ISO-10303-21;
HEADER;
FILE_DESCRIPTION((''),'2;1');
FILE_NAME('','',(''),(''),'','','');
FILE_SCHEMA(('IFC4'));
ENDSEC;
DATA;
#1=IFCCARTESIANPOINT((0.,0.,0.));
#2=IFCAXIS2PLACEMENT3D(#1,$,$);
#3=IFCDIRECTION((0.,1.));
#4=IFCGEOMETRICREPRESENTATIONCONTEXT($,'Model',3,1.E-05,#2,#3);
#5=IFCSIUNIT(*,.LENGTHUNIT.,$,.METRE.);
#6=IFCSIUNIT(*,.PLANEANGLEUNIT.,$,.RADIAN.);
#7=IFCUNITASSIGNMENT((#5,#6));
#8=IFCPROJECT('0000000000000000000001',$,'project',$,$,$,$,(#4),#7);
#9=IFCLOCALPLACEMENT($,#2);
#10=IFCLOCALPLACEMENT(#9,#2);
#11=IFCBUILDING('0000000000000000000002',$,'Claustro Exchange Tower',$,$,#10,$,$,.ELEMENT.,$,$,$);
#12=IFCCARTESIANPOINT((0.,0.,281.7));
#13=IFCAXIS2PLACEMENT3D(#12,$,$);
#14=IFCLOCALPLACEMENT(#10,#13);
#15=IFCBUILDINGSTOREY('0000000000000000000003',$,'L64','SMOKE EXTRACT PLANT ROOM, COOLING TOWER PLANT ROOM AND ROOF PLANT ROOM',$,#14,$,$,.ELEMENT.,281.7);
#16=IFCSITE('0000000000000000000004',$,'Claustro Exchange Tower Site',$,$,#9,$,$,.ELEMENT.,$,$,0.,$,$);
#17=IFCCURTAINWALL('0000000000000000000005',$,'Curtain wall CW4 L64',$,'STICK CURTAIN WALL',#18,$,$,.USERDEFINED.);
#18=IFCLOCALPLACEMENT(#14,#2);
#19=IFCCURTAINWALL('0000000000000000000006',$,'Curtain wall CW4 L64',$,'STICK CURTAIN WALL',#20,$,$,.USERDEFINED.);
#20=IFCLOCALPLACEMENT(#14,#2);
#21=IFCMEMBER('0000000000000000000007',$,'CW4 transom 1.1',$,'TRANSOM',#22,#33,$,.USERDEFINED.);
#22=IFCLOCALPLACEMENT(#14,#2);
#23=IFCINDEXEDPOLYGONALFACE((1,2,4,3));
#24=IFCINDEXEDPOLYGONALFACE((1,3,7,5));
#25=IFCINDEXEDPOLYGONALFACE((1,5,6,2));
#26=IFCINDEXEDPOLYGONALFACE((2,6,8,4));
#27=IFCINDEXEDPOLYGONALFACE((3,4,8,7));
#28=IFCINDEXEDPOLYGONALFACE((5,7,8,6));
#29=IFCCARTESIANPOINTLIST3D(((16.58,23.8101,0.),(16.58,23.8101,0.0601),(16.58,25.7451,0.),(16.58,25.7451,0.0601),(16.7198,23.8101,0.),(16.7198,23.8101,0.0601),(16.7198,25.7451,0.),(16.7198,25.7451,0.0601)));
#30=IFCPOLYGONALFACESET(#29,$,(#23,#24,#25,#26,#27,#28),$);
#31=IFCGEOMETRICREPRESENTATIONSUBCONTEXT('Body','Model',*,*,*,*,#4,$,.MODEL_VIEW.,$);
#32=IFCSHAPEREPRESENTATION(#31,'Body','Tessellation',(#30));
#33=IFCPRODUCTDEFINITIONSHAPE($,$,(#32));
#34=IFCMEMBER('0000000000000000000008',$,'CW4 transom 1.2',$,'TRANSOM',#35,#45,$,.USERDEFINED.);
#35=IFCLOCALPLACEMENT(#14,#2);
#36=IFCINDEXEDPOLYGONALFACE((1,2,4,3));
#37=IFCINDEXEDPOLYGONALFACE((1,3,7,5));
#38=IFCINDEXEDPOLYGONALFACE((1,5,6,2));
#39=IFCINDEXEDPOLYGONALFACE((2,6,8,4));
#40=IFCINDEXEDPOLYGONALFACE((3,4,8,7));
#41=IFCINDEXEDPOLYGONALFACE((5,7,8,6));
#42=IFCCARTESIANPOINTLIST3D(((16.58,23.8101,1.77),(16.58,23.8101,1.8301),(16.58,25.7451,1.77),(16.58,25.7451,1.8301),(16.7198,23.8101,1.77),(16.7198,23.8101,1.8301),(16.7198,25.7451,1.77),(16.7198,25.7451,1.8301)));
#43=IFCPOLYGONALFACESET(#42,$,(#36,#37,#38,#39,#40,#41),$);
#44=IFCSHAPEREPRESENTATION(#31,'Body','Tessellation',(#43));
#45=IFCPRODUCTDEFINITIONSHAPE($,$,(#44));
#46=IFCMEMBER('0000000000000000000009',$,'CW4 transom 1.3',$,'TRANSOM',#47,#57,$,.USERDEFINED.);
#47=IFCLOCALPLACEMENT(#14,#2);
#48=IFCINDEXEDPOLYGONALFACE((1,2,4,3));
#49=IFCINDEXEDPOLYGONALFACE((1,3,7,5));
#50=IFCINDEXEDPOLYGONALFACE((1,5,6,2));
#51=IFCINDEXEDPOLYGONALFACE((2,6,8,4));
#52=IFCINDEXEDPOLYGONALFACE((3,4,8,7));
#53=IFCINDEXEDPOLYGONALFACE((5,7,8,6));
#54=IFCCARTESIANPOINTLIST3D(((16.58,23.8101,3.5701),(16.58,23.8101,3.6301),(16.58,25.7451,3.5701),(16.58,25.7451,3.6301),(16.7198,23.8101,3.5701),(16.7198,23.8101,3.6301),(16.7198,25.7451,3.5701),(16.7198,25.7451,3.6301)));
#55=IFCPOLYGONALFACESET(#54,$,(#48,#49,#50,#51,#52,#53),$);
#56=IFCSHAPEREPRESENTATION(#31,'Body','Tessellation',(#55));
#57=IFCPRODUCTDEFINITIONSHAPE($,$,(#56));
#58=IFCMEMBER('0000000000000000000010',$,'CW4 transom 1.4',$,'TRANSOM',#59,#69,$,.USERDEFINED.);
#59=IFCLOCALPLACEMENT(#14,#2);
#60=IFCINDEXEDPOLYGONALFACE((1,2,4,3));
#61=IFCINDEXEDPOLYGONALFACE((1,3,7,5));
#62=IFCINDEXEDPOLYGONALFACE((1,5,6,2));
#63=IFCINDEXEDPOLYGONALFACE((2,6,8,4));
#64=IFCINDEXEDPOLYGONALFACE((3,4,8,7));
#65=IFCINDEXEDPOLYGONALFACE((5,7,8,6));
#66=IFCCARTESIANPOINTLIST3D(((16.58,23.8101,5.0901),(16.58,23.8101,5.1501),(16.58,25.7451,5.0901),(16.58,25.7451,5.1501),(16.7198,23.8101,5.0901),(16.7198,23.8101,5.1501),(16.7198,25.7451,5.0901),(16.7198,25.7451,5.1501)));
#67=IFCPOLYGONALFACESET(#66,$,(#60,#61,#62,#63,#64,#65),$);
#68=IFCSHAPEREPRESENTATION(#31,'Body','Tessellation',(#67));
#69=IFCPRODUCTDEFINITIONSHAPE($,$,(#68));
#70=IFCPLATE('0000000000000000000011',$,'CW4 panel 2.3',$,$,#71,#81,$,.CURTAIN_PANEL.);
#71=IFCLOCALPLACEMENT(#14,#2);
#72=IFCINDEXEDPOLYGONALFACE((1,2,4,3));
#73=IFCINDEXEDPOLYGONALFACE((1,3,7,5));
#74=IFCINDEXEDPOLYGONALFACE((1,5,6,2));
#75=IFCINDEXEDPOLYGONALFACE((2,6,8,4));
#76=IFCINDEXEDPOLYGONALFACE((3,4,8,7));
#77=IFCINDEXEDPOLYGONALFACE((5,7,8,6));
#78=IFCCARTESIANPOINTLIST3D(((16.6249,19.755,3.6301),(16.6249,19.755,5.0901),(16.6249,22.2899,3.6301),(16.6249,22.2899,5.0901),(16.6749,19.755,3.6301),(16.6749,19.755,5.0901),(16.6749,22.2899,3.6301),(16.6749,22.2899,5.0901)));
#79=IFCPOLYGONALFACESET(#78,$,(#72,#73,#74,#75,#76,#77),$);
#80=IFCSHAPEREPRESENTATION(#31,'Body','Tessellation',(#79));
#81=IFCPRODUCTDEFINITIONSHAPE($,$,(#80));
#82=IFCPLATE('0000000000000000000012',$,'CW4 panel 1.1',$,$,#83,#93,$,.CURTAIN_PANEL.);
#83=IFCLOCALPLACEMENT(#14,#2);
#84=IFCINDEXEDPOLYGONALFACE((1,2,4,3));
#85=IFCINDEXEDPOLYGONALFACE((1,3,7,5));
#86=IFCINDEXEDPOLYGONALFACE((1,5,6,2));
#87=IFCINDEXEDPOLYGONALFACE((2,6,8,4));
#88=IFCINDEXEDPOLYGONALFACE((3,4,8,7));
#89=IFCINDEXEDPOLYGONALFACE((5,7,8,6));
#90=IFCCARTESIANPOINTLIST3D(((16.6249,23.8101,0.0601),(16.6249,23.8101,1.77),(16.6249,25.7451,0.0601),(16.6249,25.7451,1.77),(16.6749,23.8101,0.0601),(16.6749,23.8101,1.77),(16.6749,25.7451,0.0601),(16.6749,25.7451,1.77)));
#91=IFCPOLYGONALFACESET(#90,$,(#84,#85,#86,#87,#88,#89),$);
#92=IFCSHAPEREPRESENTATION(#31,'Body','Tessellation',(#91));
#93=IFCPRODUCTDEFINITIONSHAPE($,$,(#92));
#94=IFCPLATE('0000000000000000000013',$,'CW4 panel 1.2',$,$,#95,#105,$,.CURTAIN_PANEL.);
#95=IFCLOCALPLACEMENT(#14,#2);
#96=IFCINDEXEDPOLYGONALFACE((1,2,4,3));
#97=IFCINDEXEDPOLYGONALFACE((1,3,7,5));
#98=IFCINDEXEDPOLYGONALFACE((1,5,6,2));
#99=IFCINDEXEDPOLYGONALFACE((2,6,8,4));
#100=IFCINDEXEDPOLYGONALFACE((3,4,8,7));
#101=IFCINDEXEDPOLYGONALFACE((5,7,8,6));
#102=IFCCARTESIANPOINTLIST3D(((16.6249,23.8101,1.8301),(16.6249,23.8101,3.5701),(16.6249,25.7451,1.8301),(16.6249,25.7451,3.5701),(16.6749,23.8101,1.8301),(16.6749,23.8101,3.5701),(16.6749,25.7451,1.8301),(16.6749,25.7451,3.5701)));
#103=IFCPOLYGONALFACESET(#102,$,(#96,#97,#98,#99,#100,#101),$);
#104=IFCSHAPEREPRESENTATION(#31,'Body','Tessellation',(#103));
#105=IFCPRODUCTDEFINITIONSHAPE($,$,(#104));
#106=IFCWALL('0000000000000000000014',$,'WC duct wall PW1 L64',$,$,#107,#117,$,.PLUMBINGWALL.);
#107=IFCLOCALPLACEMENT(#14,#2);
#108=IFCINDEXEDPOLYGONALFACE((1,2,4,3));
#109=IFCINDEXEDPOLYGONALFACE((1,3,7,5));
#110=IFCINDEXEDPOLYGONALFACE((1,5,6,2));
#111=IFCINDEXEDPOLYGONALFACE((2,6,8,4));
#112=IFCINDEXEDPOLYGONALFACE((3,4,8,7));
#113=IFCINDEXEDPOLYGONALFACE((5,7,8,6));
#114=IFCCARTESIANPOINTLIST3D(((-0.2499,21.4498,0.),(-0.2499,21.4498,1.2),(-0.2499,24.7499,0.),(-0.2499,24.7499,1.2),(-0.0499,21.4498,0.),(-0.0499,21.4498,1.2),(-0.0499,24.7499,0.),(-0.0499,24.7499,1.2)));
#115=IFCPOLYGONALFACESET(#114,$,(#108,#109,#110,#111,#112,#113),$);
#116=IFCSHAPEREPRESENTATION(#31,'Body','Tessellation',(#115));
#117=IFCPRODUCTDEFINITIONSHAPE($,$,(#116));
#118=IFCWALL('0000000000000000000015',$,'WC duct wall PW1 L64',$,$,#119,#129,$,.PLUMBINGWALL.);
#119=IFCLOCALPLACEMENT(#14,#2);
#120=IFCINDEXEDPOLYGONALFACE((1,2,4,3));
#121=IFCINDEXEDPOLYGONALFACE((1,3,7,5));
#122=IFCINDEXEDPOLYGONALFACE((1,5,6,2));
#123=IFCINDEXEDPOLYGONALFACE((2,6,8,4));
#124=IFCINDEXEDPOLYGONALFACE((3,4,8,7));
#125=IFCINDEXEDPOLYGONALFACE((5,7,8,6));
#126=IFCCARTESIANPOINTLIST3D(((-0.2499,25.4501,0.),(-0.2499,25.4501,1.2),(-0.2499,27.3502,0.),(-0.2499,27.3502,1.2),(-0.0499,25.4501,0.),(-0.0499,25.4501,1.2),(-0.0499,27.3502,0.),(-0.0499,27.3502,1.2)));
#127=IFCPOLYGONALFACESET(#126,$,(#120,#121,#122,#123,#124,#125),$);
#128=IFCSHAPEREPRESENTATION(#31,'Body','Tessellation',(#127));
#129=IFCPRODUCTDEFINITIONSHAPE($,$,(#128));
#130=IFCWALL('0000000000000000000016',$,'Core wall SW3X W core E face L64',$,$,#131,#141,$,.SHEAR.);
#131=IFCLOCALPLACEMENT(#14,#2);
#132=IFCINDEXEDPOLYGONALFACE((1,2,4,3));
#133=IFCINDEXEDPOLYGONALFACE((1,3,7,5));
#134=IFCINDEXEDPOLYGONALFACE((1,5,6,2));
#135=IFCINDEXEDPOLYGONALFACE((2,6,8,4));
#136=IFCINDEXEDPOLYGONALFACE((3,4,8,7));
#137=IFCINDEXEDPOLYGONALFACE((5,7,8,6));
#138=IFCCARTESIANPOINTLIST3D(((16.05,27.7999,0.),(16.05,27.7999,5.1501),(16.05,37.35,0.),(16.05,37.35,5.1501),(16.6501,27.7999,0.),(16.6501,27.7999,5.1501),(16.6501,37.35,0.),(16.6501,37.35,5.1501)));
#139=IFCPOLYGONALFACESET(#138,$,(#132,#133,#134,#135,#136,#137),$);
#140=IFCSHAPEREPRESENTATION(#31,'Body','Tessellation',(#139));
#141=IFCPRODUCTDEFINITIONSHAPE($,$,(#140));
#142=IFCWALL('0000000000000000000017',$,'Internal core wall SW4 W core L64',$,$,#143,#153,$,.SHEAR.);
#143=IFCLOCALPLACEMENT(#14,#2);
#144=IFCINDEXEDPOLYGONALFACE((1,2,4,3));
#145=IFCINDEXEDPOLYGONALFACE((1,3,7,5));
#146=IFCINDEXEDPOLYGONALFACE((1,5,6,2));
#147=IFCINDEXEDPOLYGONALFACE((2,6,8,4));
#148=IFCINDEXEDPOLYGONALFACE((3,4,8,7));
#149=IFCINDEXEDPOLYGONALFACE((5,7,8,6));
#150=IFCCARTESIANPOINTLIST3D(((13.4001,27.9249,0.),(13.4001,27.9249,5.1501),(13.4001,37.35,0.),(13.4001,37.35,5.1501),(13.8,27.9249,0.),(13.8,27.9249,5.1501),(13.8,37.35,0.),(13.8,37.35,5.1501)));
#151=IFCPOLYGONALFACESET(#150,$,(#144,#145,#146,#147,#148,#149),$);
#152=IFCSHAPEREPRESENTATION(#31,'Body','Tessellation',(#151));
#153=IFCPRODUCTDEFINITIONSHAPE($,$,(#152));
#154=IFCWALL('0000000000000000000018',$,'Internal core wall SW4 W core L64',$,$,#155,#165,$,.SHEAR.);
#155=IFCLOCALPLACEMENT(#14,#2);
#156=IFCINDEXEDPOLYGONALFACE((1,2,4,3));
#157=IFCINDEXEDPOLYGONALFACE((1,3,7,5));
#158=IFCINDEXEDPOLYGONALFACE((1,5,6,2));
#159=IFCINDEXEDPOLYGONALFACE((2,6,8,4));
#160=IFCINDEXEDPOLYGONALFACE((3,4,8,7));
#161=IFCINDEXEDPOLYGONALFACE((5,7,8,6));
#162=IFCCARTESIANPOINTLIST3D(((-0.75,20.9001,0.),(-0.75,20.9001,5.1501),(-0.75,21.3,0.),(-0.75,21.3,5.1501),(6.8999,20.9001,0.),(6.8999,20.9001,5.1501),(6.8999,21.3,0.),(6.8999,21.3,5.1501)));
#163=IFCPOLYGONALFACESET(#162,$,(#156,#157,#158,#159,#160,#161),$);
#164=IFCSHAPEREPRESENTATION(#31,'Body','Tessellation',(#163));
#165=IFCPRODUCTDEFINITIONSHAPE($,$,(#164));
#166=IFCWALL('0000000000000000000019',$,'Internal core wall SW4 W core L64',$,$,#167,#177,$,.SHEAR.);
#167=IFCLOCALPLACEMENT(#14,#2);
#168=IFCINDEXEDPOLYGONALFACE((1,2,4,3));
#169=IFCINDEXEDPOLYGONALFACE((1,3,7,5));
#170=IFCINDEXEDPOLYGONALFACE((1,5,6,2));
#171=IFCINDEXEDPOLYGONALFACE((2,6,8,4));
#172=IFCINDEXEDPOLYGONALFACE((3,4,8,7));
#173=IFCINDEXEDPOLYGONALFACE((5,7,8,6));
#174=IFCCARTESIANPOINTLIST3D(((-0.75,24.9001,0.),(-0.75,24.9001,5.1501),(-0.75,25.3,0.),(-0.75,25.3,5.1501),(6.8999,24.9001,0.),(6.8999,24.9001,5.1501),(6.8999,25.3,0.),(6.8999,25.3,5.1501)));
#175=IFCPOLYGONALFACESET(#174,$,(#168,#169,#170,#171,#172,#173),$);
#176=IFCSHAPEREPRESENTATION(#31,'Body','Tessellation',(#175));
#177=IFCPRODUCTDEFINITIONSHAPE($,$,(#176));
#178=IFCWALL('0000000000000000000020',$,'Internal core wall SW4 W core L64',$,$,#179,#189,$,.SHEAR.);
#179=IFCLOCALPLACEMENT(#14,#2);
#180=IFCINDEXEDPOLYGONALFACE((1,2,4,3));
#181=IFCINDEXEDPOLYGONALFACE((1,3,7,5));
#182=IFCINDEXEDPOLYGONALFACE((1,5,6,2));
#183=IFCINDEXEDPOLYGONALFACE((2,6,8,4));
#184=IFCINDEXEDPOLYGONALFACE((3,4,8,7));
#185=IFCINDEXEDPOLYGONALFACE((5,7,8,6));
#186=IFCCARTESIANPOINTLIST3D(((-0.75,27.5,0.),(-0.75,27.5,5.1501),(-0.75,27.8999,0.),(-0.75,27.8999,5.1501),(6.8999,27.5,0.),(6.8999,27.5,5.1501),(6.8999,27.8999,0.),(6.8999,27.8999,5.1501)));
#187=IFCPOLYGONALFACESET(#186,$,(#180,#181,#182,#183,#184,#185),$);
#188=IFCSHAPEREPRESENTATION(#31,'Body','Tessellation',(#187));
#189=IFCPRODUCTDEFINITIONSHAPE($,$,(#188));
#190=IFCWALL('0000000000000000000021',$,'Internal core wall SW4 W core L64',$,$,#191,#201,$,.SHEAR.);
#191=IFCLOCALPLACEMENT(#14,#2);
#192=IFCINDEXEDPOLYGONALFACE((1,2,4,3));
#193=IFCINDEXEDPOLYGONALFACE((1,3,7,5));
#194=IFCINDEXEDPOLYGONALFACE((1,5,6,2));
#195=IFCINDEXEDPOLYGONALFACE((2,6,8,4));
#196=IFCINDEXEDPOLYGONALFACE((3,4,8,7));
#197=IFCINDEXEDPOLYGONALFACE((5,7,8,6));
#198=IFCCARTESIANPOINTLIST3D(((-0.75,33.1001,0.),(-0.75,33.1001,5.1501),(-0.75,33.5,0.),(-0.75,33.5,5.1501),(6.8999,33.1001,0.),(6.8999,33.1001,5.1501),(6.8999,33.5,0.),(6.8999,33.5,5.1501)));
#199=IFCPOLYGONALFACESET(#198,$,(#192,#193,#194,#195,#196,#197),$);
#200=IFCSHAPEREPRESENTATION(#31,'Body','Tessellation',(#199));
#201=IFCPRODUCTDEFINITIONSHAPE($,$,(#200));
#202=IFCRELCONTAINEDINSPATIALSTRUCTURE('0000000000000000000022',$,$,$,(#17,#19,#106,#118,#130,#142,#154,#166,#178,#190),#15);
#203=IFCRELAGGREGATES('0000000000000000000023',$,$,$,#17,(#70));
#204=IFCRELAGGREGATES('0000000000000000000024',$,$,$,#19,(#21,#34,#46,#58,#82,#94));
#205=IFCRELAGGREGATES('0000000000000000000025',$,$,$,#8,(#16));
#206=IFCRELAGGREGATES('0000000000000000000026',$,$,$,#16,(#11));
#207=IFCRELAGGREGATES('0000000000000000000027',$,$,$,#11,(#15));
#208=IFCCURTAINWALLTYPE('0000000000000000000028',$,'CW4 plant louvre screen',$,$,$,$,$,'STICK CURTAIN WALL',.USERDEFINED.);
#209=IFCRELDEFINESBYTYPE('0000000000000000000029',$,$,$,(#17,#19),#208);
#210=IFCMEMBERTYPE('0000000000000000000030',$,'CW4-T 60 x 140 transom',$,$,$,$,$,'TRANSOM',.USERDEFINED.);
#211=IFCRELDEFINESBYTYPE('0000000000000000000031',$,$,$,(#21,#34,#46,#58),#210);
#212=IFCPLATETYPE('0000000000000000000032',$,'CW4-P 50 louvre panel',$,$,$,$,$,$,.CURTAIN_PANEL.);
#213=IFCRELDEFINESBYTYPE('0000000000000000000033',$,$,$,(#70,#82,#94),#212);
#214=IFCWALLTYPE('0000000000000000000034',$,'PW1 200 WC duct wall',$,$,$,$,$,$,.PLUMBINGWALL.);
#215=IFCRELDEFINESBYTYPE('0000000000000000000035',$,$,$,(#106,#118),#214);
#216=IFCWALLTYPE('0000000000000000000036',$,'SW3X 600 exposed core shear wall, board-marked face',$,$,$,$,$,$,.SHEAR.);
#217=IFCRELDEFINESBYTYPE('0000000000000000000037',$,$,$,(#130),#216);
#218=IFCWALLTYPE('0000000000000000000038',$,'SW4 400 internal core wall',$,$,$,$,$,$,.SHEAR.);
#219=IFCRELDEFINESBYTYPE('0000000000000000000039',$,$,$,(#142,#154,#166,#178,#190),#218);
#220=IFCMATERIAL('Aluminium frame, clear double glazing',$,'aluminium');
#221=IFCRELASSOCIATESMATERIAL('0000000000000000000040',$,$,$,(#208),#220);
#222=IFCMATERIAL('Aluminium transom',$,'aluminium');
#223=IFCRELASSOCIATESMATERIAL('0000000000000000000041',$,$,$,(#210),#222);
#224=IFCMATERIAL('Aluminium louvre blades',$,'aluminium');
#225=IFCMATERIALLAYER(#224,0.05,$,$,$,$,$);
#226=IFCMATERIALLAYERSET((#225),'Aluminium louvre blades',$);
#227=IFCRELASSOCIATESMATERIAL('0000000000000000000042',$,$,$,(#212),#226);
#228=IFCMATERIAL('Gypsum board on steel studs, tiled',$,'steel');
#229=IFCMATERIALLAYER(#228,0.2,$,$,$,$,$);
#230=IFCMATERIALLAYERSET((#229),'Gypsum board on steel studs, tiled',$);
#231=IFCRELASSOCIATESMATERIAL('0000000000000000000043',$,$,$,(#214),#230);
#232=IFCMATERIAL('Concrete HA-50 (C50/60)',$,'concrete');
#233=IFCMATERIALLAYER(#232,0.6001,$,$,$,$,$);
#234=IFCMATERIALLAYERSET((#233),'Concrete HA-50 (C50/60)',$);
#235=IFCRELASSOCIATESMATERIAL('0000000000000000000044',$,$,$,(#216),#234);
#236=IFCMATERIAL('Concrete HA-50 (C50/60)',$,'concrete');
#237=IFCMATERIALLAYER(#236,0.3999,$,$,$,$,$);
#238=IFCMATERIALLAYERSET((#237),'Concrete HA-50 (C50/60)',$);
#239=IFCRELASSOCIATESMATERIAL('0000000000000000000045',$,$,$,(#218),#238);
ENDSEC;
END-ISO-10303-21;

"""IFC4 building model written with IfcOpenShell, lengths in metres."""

from ifc_helpers import new_model, si_unit, direction, frame, frame_2d, origin, origin_2d, place, context, subcontext, project, spatial, rectangle, extrude, material, layer, layer_set, material_profile, profile_set, type_object, element, aggregate, save


model = new_model("IFC4")

# Units and contexts
model_context = context("Model", 3, precision=1e-05, world=origin(), true_north=direction((0.0, 1.0)))
body_context = subcontext(model_context, "Body", "Model", "MODEL_VIEW")
ifc_project = project(units=[si_unit("LENGTHUNIT", "METRE"), si_unit("PLANEANGLEUNIT", "RADIAN")], contexts=[model_context])

# Site, building, storey
site_placement = place(None, origin())
site = spatial("IfcSite", under=ifc_project, at=site_placement, Name="Claustro Exchange Tower Site", CompositionType="ELEMENT", RefElevation=0.0)
building_placement = place(site_placement, origin())
building = spatial("IfcBuilding", under=site, at=building_placement, Name="Claustro Exchange Tower", CompositionType="ELEMENT")
storey_placement = place(building_placement, frame((0.0, 0.0, 281.7)))
storey = spatial("IfcBuildingStorey", under=building, at=storey_placement, Name="L64", Description="SMOKE EXTRACT PLANT ROOM, COOLING TOWER PLANT ROOM AND ROOF PLANT ROOM", CompositionType="ELEMENT", Elevation=281.7)

# Curtain wall
ifc_material_1 = material(Name="Aluminium frame, clear double glazing", Category="aluminium")
curtain_wall_type = type_object("IfcCurtainWallType", Name="CW4 plant louvre screen", ElementType="STICK CURTAIN WALL", PredefinedType="USERDEFINED", material=ifc_material_1)
curtain_wall_1_placement = place(storey_placement, origin())
curtain_wall_1 = element("IfcCurtainWall", 1, at=curtain_wall_1_placement, inside=storey, type_object=curtain_wall_type, Name="Curtain wall CW4 L64", ObjectType="STICK CURTAIN WALL", PredefinedType="USERDEFINED")

# Curtain wall, members
curtain_wall_2_placement = place(storey_placement, origin())
curtain_wall_2 = element("IfcCurtainWall", 2, at=curtain_wall_2_placement, inside=storey, type_object=curtain_wall_type, Name="Curtain wall CW4 L64", ObjectType="STICK CURTAIN WALL", PredefinedType="USERDEFINED")
ifc_material_2 = material(Name="Aluminium transom", Category="aluminium")
ifc_material_profile_1 = material_profile(ifc_material_2, rectangle(XDim=0.1399, YDim=0.0601, at=origin_2d()), Name="CW4-T 60x140")
ifc_profile_set_1 = profile_set([ifc_material_profile_1], Name="Aluminium transom")
member_type_1 = type_object("IfcMemberType", Name="CW4-T 60 x 140 transom", ElementType="TRANSOM", PredefinedType="USERDEFINED", material=ifc_profile_set_1)
member_1_placement = place(storey_placement, frame((16.6499, 23.8101, 0.03), z_axis=(0.0, 1.0, 0.0), x_axis=(-1.0, 0.0, 0.0)))
member_1 = element("IfcMember", 3, at=member_1_placement, type_object=member_type_1, Name="CW4 transom 1.1", ObjectType="TRANSOM", PredefinedType="USERDEFINED", context=body_context, shape_type="SweptSolid", body=[
    extrude(rectangle(XDim=0.1399, YDim=0.0601, at=origin_2d()), origin(), (0.0, 0.0, 1.0), 1.9351),
])
member_2_placement = place(storey_placement, frame((16.6499, 23.8101, 1.8), z_axis=(0.0, 1.0, 0.0), x_axis=(-1.0, 0.0, 0.0)))
member_2 = element("IfcMember", 4, at=member_2_placement, type_object=member_type_1, Name="CW4 transom 1.2", ObjectType="TRANSOM", PredefinedType="USERDEFINED", context=body_context, shape_type="SweptSolid", body=[
    extrude(rectangle(XDim=0.1399, YDim=0.0601, at=origin_2d()), origin(), (0.0, 0.0, 1.0), 1.9351),
])
member_3_placement = place(storey_placement, frame((16.6499, 23.8101, 3.6001), z_axis=(0.0, 1.0, 0.0), x_axis=(-1.0, 0.0, 0.0)))
member_3 = element("IfcMember", 5, at=member_3_placement, type_object=member_type_1, Name="CW4 transom 1.3", ObjectType="TRANSOM", PredefinedType="USERDEFINED", context=body_context, shape_type="SweptSolid", body=[
    extrude(rectangle(XDim=0.1399, YDim=0.0601, at=origin_2d()), origin(), (0.0, 0.0, 1.0), 1.9351),
])
member_4_placement = place(storey_placement, frame((16.6499, 23.8101, 5.1201), z_axis=(0.0, 1.0, 0.0), x_axis=(-1.0, 0.0, 0.0)))
member_4 = element("IfcMember", 6, at=member_4_placement, type_object=member_type_1, Name="CW4 transom 1.4", ObjectType="TRANSOM", PredefinedType="USERDEFINED", context=body_context, shape_type="SweptSolid", body=[
    extrude(rectangle(XDim=0.1399, YDim=0.0601, at=origin_2d()), origin(), (0.0, 0.0, 1.0), 1.9351),
])

# Plates
ifc_material_3 = material(Name="Aluminium louvre blades", Category="aluminium")
ifc_layer_1 = layer(ifc_material_3, 0.05)
ifc_layer_set_1 = layer_set([ifc_layer_1], Name="Aluminium louvre blades")
plate_type = type_object("IfcPlateType", Name="CW4-P 50 louvre panel", PredefinedType="CURTAIN_PANEL", material=ifc_layer_set_1)
plate_1_placement = place(storey_placement, frame((16.6499, 21.0225, 3.6301), z_axis=(0.0, 0.0, 1.0), x_axis=(0.0, 1.0, 0.0)))
plate_1 = element("IfcPlate", 7, at=plate_1_placement, type_object=plate_type, Name="CW4 panel 2.3", PredefinedType="CURTAIN_PANEL", context=body_context, shape_type="SweptSolid", body=[
    extrude(rectangle(XDim=2.5349, YDim=0.05, at=origin_2d()), origin(), (0.0, 0.0, 1.0), 1.46),
])
aggregate(curtain_wall_1, [plate_1])
plate_2_placement = place(storey_placement, frame((16.6499, 24.7776, 0.0601), z_axis=(0.0, 0.0, 1.0), x_axis=(0.0, 1.0, 0.0)))
plate_2 = element("IfcPlate", 8, at=plate_2_placement, type_object=plate_type, Name="CW4 panel 1.1", PredefinedType="CURTAIN_PANEL", context=body_context, shape_type="SweptSolid", body=[
    extrude(rectangle(XDim=1.9351, YDim=0.05, at=origin_2d()), origin(), (0.0, 0.0, 1.0), 1.71),
])
plate_3_placement = place(storey_placement, frame((16.6499, 24.7776, 1.8301), z_axis=(0.0, 0.0, 1.0), x_axis=(0.0, 1.0, 0.0)))
plate_3 = element("IfcPlate", 9, at=plate_3_placement, type_object=plate_type, Name="CW4 panel 1.2", PredefinedType="CURTAIN_PANEL", context=body_context, shape_type="SweptSolid", body=[
    extrude(rectangle(XDim=1.9351, YDim=0.05, at=origin_2d()), origin(), (0.0, 0.0, 1.0), 1.74),
])
aggregate(curtain_wall_2, [member_1, member_2, member_3, member_4, plate_2, plate_3])

# Walls
ifc_material_4 = material(Name="Gypsum board on steel studs, tiled", Category="steel")
ifc_layer_2 = layer(ifc_material_4, 0.2)
ifc_layer_set_2 = layer_set([ifc_layer_2], Name="Gypsum board on steel studs, tiled")
wall_type_1 = type_object("IfcWallType", Name="PW1 200 WC duct wall", PredefinedType="PLUMBINGWALL", material=ifc_layer_set_2)
wall_1_placement = place(storey_placement, frame((-0.1499, 21.45, 0.0), z_axis=(0.0, 0.0, 1.0), x_axis=(0.0, 1.0, 0.0)))
element("IfcWall", 10, at=wall_1_placement, inside=storey, type_object=wall_type_1, Name="WC duct wall PW1 L64", PredefinedType="PLUMBINGWALL", context=body_context, shape_type="SweptSolid", body=[
    extrude(rectangle(XDim=3.3, YDim=0.2, at=frame_2d((1.6499, 0.0))), origin(), (0.0, 0.0, 1.0), 1.2),
])
wall_2_placement = place(storey_placement, frame((-0.1499, 25.45, 0.0), z_axis=(0.0, 0.0, 1.0), x_axis=(0.0, 1.0, 0.0)))
element("IfcWall", 11, at=wall_2_placement, inside=storey, type_object=wall_type_1, Name="WC duct wall PW1 L64", PredefinedType="PLUMBINGWALL", context=body_context, shape_type="SweptSolid", body=[
    extrude(rectangle(XDim=1.9001, YDim=0.2, at=frame_2d((0.9502, 0.0))), origin(), (0.0, 0.0, 1.0), 1.2),
])
ifc_material_5 = material(Name="Concrete HA-50 (C50/60)", Category="concrete")
ifc_layer_3 = layer(ifc_material_5, 0.6001)
ifc_layer_set_3 = layer_set([ifc_layer_3], Name="Concrete HA-50 (C50/60)")
wall_type_2 = type_object("IfcWallType", Name="SW3X 600 exposed core shear wall, board-marked face", PredefinedType="SHEAR", material=ifc_layer_set_3)
wall_3_placement = place(storey_placement, frame((16.3501, 27.8, 0.0), z_axis=(0.0, 0.0, 1.0), x_axis=(0.0, 1.0, 0.0)))
element("IfcWall", 12, at=wall_3_placement, inside=storey, type_object=wall_type_2, Name="Core wall SW3X W core E face L64", PredefinedType="SHEAR", context=body_context, shape_type="SweptSolid", body=[
    extrude(rectangle(XDim=9.55, YDim=0.6001, at=frame_2d((4.7749, 0.0))), origin(), (0.0, 0.0, 1.0), 5.1501),
])
ifc_material_6 = material(Name="Concrete HA-50 (C50/60)", Category="concrete")
ifc_layer_4 = layer(ifc_material_6, 0.3999)
ifc_layer_set_4 = layer_set([ifc_layer_4], Name="Concrete HA-50 (C50/60)")
wall_type_3 = type_object("IfcWallType", Name="SW4 400 internal core wall", PredefinedType="SHEAR", material=ifc_layer_set_4)
wall_4_placement = place(storey_placement, frame((13.6001, 27.925, 0.0), z_axis=(0.0, 0.0, 1.0), x_axis=(0.0, 1.0, 0.0)))
element("IfcWall", 13, at=wall_4_placement, inside=storey, type_object=wall_type_3, Name="Internal core wall SW4 W core L64", PredefinedType="SHEAR", context=body_context, shape_type="SweptSolid", body=[
    extrude(rectangle(XDim=9.425, YDim=0.3999, at=frame_2d((4.7124, 0.0))), origin(), (0.0, 0.0, 1.0), 5.1501),
])
for number, where, z_axis, x_axis, name in (
    (14, (-0.75, 21.1001, 0.0), (0.0, 0.0, 1.0), (1.0, 0.0, 0.0), "Internal core wall SW4 W core L64"),
    (15, (-0.75, 25.1001, 0.0), (0.0, 0.0, 1.0), (1.0, 0.0, 0.0), "Internal core wall SW4 W core L64"),
    (16, (-0.75, 27.7, 0.0), (0.0, 0.0, 1.0), (1.0, 0.0, 0.0), "Internal core wall SW4 W core L64"),
    (17, (-0.75, 33.3, 0.0), (0.0, 0.0, 1.0), (1.0, 0.0, 0.0), "Internal core wall SW4 W core L64"),
):
    element("IfcWall", number, at=place(storey_placement, frame(where, z_axis=z_axis, x_axis=x_axis)), inside=storey, type_object=wall_type_3, Name=name, PredefinedType="SHEAR", context=body_context, shape_type="SweptSolid", body=[
        extrude(rectangle(XDim=7.6499, YDim=0.3999, at=frame_2d((3.825, 0.0))), origin(), (0.0, 0.0, 1.0), 5.1501),
    ])

save(model, "model.ifc")
